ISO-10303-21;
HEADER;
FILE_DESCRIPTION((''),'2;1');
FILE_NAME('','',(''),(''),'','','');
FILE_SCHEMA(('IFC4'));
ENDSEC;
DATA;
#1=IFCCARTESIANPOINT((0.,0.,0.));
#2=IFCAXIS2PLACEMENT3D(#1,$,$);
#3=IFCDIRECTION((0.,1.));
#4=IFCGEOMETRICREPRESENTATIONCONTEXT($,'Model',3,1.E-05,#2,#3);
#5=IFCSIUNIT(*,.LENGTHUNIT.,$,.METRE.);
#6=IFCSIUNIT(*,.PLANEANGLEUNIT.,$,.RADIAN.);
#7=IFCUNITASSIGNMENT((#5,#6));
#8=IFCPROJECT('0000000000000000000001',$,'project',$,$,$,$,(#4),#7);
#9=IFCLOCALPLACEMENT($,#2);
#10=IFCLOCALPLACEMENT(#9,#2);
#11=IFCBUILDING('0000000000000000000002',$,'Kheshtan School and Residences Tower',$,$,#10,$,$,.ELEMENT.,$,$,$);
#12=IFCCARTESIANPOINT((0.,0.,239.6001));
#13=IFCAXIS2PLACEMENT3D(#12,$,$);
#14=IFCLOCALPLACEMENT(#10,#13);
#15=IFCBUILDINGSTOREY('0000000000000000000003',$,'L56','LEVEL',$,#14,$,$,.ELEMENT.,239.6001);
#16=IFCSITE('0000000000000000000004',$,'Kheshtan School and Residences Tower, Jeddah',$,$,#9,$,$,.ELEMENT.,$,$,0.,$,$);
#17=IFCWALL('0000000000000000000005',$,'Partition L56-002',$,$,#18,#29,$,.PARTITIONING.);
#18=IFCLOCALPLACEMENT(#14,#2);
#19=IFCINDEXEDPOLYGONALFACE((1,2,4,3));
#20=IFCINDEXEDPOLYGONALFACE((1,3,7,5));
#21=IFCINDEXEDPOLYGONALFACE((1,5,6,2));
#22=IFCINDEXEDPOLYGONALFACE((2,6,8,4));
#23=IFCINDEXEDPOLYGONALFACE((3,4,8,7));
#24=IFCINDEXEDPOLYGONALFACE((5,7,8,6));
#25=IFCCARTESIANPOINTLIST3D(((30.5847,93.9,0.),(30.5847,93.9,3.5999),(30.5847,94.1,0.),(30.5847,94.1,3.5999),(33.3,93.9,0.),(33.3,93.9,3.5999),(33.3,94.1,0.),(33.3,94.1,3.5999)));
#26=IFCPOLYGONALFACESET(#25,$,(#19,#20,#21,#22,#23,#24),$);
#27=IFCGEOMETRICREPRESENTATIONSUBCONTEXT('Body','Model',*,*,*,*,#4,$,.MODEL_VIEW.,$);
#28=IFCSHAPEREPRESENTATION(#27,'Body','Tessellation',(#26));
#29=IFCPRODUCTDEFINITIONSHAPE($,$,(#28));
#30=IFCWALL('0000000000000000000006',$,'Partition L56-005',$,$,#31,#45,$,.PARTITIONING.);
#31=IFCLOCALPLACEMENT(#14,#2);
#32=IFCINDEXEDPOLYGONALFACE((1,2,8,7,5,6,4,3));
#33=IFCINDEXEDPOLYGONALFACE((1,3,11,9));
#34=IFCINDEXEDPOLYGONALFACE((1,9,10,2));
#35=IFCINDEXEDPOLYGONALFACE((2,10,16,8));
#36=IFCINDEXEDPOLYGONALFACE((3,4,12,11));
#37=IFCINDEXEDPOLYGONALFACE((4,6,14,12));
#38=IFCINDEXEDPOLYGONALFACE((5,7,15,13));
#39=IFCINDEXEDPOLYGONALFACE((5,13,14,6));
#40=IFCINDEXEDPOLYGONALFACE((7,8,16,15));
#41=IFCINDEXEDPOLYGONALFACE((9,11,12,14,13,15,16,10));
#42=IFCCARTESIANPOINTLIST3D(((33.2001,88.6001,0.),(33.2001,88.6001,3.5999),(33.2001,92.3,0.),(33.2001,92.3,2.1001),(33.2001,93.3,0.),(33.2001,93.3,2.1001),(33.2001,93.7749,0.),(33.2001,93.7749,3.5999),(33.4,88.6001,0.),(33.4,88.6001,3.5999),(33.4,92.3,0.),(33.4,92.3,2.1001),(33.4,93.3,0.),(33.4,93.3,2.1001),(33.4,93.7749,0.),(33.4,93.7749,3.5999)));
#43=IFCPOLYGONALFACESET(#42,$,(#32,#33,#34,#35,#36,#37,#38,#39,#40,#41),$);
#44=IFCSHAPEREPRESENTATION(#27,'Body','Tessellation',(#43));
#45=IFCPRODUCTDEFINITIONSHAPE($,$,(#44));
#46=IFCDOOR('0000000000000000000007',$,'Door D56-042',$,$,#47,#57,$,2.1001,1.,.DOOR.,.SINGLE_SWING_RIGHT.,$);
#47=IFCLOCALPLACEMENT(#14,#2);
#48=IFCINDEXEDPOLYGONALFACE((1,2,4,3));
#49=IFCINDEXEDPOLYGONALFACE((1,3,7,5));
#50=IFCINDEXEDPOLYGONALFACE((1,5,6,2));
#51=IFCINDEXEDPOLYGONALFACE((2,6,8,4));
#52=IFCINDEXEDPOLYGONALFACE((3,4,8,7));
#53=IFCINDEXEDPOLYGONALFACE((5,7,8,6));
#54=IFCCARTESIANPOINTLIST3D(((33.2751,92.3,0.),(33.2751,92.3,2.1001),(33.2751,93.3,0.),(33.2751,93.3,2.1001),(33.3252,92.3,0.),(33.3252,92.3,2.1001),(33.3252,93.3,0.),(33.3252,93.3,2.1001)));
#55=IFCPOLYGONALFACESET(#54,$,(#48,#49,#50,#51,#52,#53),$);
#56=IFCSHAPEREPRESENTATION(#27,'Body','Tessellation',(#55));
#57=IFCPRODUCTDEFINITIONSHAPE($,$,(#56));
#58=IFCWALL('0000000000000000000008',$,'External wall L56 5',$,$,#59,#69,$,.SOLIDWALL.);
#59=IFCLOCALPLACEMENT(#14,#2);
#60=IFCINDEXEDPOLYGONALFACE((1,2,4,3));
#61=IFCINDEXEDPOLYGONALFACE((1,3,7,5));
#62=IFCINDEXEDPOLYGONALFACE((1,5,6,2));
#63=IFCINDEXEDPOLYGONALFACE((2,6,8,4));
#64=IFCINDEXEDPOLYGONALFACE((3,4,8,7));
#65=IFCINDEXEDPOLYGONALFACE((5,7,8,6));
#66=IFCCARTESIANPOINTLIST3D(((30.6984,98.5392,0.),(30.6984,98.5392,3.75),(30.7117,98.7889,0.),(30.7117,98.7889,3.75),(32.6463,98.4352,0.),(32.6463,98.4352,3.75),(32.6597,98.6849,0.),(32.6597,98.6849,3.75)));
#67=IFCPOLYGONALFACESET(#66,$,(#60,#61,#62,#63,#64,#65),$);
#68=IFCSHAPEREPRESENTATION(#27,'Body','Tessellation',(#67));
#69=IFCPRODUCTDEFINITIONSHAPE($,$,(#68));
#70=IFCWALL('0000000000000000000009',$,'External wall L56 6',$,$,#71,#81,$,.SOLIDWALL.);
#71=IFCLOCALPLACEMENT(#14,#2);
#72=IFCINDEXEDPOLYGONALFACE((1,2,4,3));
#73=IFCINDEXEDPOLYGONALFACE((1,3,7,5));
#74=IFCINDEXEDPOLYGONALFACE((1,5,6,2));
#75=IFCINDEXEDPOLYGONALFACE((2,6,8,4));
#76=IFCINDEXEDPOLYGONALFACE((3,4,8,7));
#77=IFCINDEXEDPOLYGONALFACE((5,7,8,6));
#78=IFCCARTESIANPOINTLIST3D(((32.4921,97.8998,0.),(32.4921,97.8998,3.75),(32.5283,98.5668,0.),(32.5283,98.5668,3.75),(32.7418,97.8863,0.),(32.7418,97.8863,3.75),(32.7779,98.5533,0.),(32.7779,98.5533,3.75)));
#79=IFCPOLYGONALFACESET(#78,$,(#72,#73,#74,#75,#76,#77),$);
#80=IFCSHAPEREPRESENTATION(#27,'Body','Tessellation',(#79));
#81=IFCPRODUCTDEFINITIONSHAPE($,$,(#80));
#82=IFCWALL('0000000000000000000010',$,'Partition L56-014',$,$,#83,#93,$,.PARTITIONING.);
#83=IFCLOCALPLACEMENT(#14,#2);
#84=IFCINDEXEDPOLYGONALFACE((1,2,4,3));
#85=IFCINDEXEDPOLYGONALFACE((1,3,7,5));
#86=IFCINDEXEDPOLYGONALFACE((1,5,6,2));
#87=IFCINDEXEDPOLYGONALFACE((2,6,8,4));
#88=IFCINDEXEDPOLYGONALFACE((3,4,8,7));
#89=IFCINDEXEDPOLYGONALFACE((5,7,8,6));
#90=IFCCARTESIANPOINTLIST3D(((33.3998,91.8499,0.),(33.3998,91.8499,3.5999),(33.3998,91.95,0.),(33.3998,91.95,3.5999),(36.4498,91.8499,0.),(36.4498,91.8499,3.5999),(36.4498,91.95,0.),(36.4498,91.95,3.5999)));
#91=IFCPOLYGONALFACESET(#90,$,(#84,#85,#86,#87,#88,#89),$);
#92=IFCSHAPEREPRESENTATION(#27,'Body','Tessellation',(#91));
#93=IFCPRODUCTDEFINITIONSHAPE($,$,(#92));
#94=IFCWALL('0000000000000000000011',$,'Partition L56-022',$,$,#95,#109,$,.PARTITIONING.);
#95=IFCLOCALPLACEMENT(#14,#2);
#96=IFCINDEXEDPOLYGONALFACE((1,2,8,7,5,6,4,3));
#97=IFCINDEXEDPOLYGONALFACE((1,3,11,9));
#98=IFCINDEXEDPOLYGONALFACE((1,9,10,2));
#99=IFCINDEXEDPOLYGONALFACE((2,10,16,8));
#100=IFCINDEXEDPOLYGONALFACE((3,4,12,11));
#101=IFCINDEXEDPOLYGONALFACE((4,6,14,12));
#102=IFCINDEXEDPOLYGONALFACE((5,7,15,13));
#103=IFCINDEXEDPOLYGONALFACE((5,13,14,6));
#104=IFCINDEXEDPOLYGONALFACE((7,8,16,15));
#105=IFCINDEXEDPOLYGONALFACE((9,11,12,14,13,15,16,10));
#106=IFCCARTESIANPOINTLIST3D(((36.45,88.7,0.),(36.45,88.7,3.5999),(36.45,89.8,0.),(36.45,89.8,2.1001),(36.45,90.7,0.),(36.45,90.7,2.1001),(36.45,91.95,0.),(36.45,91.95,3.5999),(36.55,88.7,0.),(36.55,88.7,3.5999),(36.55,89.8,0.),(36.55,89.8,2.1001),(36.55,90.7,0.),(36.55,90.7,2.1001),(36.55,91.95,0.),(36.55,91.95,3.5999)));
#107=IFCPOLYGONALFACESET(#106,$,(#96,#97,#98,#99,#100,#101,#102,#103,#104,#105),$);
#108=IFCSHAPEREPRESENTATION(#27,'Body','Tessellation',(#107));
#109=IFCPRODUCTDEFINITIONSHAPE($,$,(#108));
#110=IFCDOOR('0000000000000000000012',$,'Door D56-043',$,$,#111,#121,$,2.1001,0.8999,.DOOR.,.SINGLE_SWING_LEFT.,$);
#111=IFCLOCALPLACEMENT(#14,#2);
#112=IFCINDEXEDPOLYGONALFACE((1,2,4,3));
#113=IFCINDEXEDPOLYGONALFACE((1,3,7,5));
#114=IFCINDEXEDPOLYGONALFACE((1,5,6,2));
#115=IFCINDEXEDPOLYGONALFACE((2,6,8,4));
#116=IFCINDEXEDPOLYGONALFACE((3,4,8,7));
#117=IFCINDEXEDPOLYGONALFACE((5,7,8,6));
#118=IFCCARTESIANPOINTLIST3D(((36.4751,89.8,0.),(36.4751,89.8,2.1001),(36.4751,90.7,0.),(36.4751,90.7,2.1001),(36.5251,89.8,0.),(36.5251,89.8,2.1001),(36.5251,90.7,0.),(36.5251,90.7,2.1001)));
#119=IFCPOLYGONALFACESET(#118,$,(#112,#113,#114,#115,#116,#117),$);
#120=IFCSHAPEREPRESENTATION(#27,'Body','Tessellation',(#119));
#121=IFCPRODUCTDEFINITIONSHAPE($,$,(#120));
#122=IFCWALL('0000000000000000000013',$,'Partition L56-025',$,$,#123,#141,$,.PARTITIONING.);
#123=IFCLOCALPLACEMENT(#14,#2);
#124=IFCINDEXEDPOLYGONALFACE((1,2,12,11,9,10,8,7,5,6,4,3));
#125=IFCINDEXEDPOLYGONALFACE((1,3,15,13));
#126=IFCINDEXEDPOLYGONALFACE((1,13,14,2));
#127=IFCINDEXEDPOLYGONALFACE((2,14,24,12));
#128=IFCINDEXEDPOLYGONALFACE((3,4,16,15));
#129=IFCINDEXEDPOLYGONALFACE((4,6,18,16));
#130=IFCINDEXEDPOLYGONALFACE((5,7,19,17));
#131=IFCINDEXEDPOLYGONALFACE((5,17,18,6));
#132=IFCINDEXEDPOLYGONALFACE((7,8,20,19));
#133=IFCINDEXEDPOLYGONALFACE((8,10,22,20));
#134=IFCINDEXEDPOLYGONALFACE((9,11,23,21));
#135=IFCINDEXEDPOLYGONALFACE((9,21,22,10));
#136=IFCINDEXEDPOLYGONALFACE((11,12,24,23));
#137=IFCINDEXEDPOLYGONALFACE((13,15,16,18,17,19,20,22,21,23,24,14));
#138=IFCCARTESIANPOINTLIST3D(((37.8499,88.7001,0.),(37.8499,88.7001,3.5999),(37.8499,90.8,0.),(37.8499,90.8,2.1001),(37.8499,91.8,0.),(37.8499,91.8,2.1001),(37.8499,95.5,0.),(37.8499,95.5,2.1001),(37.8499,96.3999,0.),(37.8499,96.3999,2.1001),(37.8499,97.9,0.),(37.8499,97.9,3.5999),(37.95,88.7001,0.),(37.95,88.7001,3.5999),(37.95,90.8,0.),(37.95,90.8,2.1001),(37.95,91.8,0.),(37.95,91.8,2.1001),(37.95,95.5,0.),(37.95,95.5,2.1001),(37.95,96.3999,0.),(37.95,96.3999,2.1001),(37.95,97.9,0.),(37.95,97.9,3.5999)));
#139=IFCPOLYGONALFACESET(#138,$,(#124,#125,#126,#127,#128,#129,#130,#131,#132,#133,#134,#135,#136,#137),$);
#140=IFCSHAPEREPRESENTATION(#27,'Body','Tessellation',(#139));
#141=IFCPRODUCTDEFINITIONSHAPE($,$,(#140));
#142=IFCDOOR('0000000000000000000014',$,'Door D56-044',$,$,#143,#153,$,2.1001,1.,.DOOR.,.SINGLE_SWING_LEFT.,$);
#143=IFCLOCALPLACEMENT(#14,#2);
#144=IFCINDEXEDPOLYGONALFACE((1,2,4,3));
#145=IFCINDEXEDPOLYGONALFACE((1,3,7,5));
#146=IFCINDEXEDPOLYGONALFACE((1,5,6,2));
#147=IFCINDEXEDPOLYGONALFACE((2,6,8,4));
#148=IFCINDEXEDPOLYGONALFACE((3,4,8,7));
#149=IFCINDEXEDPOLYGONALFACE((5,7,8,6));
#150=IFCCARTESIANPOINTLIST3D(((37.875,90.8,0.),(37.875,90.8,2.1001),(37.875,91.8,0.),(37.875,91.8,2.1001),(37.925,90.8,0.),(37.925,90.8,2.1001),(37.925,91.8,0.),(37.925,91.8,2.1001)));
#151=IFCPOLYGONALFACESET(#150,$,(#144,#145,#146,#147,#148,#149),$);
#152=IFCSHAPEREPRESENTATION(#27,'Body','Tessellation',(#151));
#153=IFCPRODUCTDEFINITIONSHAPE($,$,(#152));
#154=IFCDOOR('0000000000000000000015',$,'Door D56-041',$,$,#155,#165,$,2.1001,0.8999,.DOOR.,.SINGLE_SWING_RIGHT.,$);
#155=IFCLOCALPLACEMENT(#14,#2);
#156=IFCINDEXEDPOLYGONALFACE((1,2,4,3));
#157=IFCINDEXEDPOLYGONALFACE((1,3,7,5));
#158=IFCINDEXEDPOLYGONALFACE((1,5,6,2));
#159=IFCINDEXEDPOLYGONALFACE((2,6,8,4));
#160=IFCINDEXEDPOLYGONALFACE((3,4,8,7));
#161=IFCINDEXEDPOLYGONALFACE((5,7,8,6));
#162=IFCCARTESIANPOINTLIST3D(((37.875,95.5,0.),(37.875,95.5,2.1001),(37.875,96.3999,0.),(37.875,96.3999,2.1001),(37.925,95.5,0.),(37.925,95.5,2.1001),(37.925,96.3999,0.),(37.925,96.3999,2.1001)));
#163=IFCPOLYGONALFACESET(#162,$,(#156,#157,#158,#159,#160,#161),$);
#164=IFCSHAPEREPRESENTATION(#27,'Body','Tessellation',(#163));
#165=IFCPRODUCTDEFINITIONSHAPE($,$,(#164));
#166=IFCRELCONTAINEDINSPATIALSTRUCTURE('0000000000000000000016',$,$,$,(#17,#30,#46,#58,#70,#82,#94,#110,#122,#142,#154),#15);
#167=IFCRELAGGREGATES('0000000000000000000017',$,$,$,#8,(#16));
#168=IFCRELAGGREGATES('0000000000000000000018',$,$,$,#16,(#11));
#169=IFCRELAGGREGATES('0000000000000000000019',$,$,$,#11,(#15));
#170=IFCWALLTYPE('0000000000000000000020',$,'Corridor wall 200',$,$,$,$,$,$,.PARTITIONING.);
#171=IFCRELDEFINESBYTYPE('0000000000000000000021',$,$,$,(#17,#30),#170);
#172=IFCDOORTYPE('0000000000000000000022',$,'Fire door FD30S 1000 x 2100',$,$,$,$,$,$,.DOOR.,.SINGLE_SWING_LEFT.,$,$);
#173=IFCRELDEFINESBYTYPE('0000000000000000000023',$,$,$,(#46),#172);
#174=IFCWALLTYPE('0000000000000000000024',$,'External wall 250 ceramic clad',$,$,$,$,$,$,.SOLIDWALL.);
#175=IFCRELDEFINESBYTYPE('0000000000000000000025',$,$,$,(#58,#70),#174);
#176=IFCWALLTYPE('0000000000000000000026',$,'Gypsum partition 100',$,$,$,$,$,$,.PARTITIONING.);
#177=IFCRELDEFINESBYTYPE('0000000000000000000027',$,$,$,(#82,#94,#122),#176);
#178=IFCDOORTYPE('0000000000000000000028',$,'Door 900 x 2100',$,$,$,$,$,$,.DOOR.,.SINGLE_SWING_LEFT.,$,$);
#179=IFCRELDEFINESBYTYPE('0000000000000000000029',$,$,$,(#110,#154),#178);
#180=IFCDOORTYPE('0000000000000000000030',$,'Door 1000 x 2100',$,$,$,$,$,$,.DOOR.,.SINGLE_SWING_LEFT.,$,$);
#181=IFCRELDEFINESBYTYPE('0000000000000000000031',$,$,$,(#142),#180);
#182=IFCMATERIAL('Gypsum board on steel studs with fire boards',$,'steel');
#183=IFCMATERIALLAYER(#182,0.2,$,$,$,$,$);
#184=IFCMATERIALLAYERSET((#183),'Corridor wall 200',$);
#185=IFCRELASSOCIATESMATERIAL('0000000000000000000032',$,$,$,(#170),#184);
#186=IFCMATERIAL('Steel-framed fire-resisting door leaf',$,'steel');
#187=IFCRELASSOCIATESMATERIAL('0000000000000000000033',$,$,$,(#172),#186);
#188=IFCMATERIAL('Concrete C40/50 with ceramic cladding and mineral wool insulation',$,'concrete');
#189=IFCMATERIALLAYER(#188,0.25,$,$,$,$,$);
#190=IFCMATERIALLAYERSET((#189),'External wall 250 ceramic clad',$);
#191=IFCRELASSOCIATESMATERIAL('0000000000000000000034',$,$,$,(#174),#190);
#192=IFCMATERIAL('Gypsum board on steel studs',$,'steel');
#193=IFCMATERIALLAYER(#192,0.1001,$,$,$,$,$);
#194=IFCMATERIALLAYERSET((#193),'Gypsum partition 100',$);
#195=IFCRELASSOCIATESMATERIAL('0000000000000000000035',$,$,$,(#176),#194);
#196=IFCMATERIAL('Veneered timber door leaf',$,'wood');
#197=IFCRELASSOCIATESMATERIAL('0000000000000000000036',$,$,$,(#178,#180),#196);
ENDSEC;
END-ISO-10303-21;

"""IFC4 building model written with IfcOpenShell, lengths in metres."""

from ifc_helpers import new_model, si_unit, direction, frame, frame_2d, origin, place, context, subcontext, project, spatial, rectangle, extrude, source, transform, mapped, material, layer, layer_set, type_object, element, fill, save


model = new_model("IFC4")

# Units and contexts
model_context = context("Model", 3, precision=1e-05, world=origin(), true_north=direction((0.0, 1.0)))
body_context = subcontext(model_context, "Body", "Model", "MODEL_VIEW")
ifc_project = project(units=[si_unit("LENGTHUNIT", "METRE"), si_unit("PLANEANGLEUNIT", "RADIAN")], contexts=[model_context])

# Site, building, storey
site_placement = place(None, origin())
site = spatial("IfcSite", under=ifc_project, at=site_placement, Name="Kheshtan School and Residences Tower, Jeddah", CompositionType="ELEMENT", RefElevation=0.0)
building_placement = place(site_placement, origin())
building = spatial("IfcBuilding", under=site, at=building_placement, Name="Kheshtan School and Residences Tower", CompositionType="ELEMENT")
storey_placement = place(building_placement, frame((0.0, 0.0, 239.6001)))
storey = spatial("IfcBuildingStorey", under=building, at=storey_placement, Name="L56", Description="LEVEL", CompositionType="ELEMENT", Elevation=239.6001)

# Wall
ifc_material_1 = material(Name="Gypsum board on steel studs with fire boards", Category="steel")
ifc_layer_1 = layer(ifc_material_1, 0.2)
ifc_layer_set_1 = layer_set([ifc_layer_1], Name="Corridor wall 200")
wall_type_1 = type_object("IfcWallType", Name="Corridor wall 200", PredefinedType="PARTITIONING", material=ifc_layer_set_1)
wall_1_placement = place(storey_placement, frame((30.5847, 94.0, 0.0), z_axis=(0.0, 0.0, 1.0), x_axis=(1.0, 0.0, 0.0)))
element("IfcWall", 1, at=wall_1_placement, inside=storey, type_object=wall_type_1, Name="Partition L56-002", PredefinedType="PARTITIONING", context=body_context, shape_type="SweptSolid", body=[
    extrude(rectangle(XDim=2.7153, YDim=0.2, at=frame_2d((1.3577, 0.0))), origin(), (0.0, 0.0, 1.0), 3.5999),
])

# Wall, opening, door
wall_2_placement = place(storey_placement, frame((33.3, 88.6001, 0.0), z_axis=(0.0, 0.0, 1.0), x_axis=(0.0, 1.0, 0.0)))
wall_2 = element("IfcWall", 2, at=wall_2_placement, inside=storey, type_object=wall_type_1, Name="Partition L56-005", PredefinedType="PARTITIONING", context=body_context, shape_type="SweptSolid", body=[
    extrude(rectangle(XDim=5.1748, YDim=0.2, at=frame_2d((2.5874, 0.0))), origin(), (0.0, 0.0, 1.0), 3.5999),
])
opening_1_placement = place(wall_2_placement, frame((3.7, 0.0, 0.0)))
opening_1 = element("IfcOpeningElement", 3, at=opening_1_placement, cuts=wall_2, PredefinedType="OPENING", context=body_context, shape_type="SweptSolid", body=[
    extrude(rectangle(XDim=1.0, YDim=2.1001, at=frame_2d((0.5, 1.05))), frame((0.0, 0.1099, 0.0), z_axis=(0.0, -1.0, 0.0), x_axis=(1.0, 0.0, 0.0)), (0.0, 0.0, 1.0), 0.22),
])
ifc_material_2 = material(Name="Steel-framed fire-resisting door leaf", Category="steel")
door_type_1 = type_object("IfcDoorType", Name="Fire door FD30S 1000 x 2100", OperationType="SINGLE_SWING_LEFT", PredefinedType="DOOR", material=ifc_material_2)
shared_shape_1 = source(origin(), body_context, "Body", "SweptSolid", [
    extrude(rectangle(XDim=1.0, YDim=2.1001, at=frame_2d((0.5, 1.05))), frame((0.0, 0.0249, 0.0), z_axis=(0.0, -1.0, 0.0), x_axis=(1.0, 0.0, 0.0)), (0.0, 0.0, 1.0), 0.05),
])
door_1_placement = place(opening_1_placement, origin())
door_1 = element("IfcDoor", 4, at=door_1_placement, inside=storey, type_object=door_type_1, Name="Door D56-042", OperationType="SINGLE_SWING_RIGHT", OverallHeight=2.1001, OverallWidth=1.0, PredefinedType="DOOR", context=body_context, shape_type="MappedRepresentation", body=[
    mapped(shared_shape_1, transform((0.0, 0.0, 0.0), x_axis=(1.0, 0.0, 0.0), y_axis=(0.0, 1.0, 0.0), z_axis=(0.0, 0.0, 1.0), scale=1.0)),
])
fill(opening_1, door_1)

# Walls
ifc_material_3 = material(Name="Concrete C40/50 with ceramic cladding and mineral wool insulation", Category="concrete")
ifc_layer_2 = layer(ifc_material_3, 0.25)
ifc_layer_set_2 = layer_set([ifc_layer_2], Name="External wall 250 ceramic clad")
wall_type_2 = type_object("IfcWallType", Name="External wall 250 ceramic clad", PredefinedType="SOLIDWALL", material=ifc_layer_set_2)
wall_3_placement = place(storey_placement, frame((30.7051, 98.6641, 0.0), z_axis=(0.0, 0.0, 1.0), x_axis=(0.998578, -0.053314, 0.0)))
element("IfcWall", 5, at=wall_3_placement, inside=storey, type_object=wall_type_2, Name="External wall L56 5", PredefinedType="SOLIDWALL", context=body_context, shape_type="SweptSolid", body=[
    extrude(rectangle(XDim=1.9507, YDim=0.25, at=frame_2d((0.9753, 0.0))), origin(), (0.0, 0.0, 1.0), 3.75),
])
wall_4_placement = place(storey_placement, frame((32.6531, 98.5601, 0.0), z_axis=(0.0, 0.0, 1.0), x_axis=(-0.054093, -0.998536, 0.0)))
element("IfcWall", 6, at=wall_4_placement, inside=storey, type_object=wall_type_2, Name="External wall L56 6", PredefinedType="SOLIDWALL", context=body_context, shape_type="SweptSolid", body=[
    extrude(rectangle(XDim=0.668, YDim=0.25, at=frame_2d((0.334, 0.0))), origin(), (0.0, 0.0, 1.0), 3.75),
])

# Wall
ifc_material_4 = material(Name="Gypsum board on steel studs", Category="steel")
ifc_layer_3 = layer(ifc_material_4, 0.1001)
ifc_layer_set_3 = layer_set([ifc_layer_3], Name="Gypsum partition 100")
wall_type_3 = type_object("IfcWallType", Name="Gypsum partition 100", PredefinedType="PARTITIONING", material=ifc_layer_set_3)
wall_5_placement = place(storey_placement, frame((33.3999, 91.8999, 0.0), z_axis=(0.0, 0.0, 1.0), x_axis=(1.0, 0.0, 0.0)))
element("IfcWall", 7, at=wall_5_placement, inside=storey, type_object=wall_type_3, Name="Partition L56-014", PredefinedType="PARTITIONING", context=body_context, shape_type="SweptSolid", body=[
    extrude(rectangle(XDim=3.05, YDim=0.1001, at=frame_2d((1.5249, 0.0))), origin(), (0.0, 0.0, 1.0), 3.5999),
])

# Wall, opening, door
wall_6_placement = place(storey_placement, frame((36.5, 88.7, 0.0), z_axis=(0.0, 0.0, 1.0), x_axis=(0.0, 1.0, 0.0)))
wall_6 = element("IfcWall", 8, at=wall_6_placement, inside=storey, type_object=wall_type_3, Name="Partition L56-022", PredefinedType="PARTITIONING", context=body_context, shape_type="SweptSolid", body=[
    extrude(rectangle(XDim=3.25, YDim=0.1001, at=frame_2d((1.625, 0.0))), origin(), (0.0, 0.0, 1.0), 3.5999),
])
opening_2_placement = place(wall_6_placement, frame((1.1001, 0.0, 0.0)))
opening_2 = element("IfcOpeningElement", 9, at=opening_2_placement, cuts=wall_6, PredefinedType="OPENING", context=body_context, shape_type="SweptSolid", body=[
    extrude(rectangle(XDim=0.8999, YDim=2.1001, at=frame_2d((0.45, 1.05))), frame((0.0, 0.0601, 0.0), z_axis=(0.0, -1.0, 0.0), x_axis=(1.0, 0.0, 0.0)), (0.0, 0.0, 1.0), 0.1201),
])
ifc_material_5 = material(Name="Veneered timber door leaf", Category="wood")
door_type_2 = type_object("IfcDoorType", Name="Door 900 x 2100", OperationType="SINGLE_SWING_LEFT", PredefinedType="DOOR", material=ifc_material_5)
shared_shape_2 = source(origin(), body_context, "Body", "SweptSolid", [
    extrude(rectangle(XDim=0.8999, YDim=2.1001, at=frame_2d((0.45, 1.05))), frame((0.0, 0.0249, 0.0), z_axis=(0.0, -1.0, 0.0), x_axis=(1.0, 0.0, 0.0)), (0.0, 0.0, 1.0), 0.05),
])
door_2_placement = place(opening_2_placement, origin())
door_2 = element("IfcDoor", 10, at=door_2_placement, inside=storey, type_object=door_type_2, Name="Door D56-043", OperationType="SINGLE_SWING_LEFT", OverallHeight=2.1001, OverallWidth=0.8999, PredefinedType="DOOR", context=body_context, shape_type="MappedRepresentation", body=[
    mapped(shared_shape_2, transform((0.0, 0.0, 0.0), x_axis=(1.0, 0.0, 0.0), y_axis=(0.0, 1.0, 0.0), z_axis=(0.0, 0.0, 1.0), scale=1.0)),
])
fill(opening_2, door_2)

# Wall, openings, doors
wall_7_placement = place(storey_placement, frame((37.8999, 88.7, 0.0), z_axis=(0.0, 0.0, 1.0), x_axis=(0.0, 1.0, 0.0)))
wall_7 = element("IfcWall", 11, at=wall_7_placement, inside=storey, type_object=wall_type_3, Name="Partition L56-025", PredefinedType="PARTITIONING", context=body_context, shape_type="SweptSolid", body=[
    extrude(rectangle(XDim=9.2, YDim=0.1001, at=frame_2d((4.6001, 0.0))), origin(), (0.0, 0.0, 1.0), 3.5999),
])
opening_3_placement = place(wall_7_placement, frame((6.8, 0.0, 0.0)))
opening_3 = element("IfcOpeningElement", 12, at=opening_3_placement, cuts=wall_7, PredefinedType="OPENING", context=body_context, shape_type="SweptSolid", body=[
    extrude(rectangle(XDim=0.8999, YDim=2.1001, at=frame_2d((0.45, 1.05))), frame((0.0, 0.0601, 0.0), z_axis=(0.0, -1.0, 0.0), x_axis=(1.0, 0.0, 0.0)), (0.0, 0.0, 1.0), 0.1201),
])
opening_4_placement = place(wall_7_placement, frame((2.1001, 0.0, 0.0)))
opening_4 = element("IfcOpeningElement", 13, at=opening_4_placement, cuts=wall_7, PredefinedType="OPENING", context=body_context, shape_type="SweptSolid", body=[
    extrude(rectangle(XDim=1.0, YDim=2.1001, at=frame_2d((0.5, 1.05))), frame((0.0, 0.0601, 0.0), z_axis=(0.0, -1.0, 0.0), x_axis=(1.0, 0.0, 0.0)), (0.0, 0.0, 1.0), 0.1201),
])
door_type_3 = type_object("IfcDoorType", Name="Door 1000 x 2100", OperationType="SINGLE_SWING_LEFT", PredefinedType="DOOR", material=ifc_material_5)
shared_shape_3 = source(origin(), body_context, "Body", "SweptSolid", [
    extrude(rectangle(XDim=1.0, YDim=2.1001, at=frame_2d((0.5, 1.05))), frame((0.0, 0.0249, 0.0), z_axis=(0.0, -1.0, 0.0), x_axis=(1.0, 0.0, 0.0)), (0.0, 0.0, 1.0), 0.05),
])
door_3_placement = place(opening_4_placement, origin())
door_3 = element("IfcDoor", 14, at=door_3_placement, inside=storey, type_object=door_type_3, Name="Door D56-044", OperationType="SINGLE_SWING_LEFT", OverallHeight=2.1001, OverallWidth=1.0, PredefinedType="DOOR", context=body_context, shape_type="MappedRepresentation", body=[
    mapped(shared_shape_3, transform((0.0, 0.0, 0.0), x_axis=(1.0, 0.0, 0.0), y_axis=(0.0, 1.0, 0.0), z_axis=(0.0, 0.0, 1.0), scale=1.0)),
])
fill(opening_4, door_3)
door_4_placement = place(opening_3_placement, origin())
door_4 = element("IfcDoor", 15, at=door_4_placement, inside=storey, type_object=door_type_2, Name="Door D56-041", OperationType="SINGLE_SWING_RIGHT", OverallHeight=2.1001, OverallWidth=0.8999, PredefinedType="DOOR", context=body_context, shape_type="MappedRepresentation", body=[
    mapped(shared_shape_2, transform((0.0, 0.0, 0.0), x_axis=(1.0, 0.0, 0.0), y_axis=(0.0, 1.0, 0.0), z_axis=(0.0, 0.0, 1.0), scale=1.0)),
])
fill(opening_3, door_4)

save(model, "model.ifc")
